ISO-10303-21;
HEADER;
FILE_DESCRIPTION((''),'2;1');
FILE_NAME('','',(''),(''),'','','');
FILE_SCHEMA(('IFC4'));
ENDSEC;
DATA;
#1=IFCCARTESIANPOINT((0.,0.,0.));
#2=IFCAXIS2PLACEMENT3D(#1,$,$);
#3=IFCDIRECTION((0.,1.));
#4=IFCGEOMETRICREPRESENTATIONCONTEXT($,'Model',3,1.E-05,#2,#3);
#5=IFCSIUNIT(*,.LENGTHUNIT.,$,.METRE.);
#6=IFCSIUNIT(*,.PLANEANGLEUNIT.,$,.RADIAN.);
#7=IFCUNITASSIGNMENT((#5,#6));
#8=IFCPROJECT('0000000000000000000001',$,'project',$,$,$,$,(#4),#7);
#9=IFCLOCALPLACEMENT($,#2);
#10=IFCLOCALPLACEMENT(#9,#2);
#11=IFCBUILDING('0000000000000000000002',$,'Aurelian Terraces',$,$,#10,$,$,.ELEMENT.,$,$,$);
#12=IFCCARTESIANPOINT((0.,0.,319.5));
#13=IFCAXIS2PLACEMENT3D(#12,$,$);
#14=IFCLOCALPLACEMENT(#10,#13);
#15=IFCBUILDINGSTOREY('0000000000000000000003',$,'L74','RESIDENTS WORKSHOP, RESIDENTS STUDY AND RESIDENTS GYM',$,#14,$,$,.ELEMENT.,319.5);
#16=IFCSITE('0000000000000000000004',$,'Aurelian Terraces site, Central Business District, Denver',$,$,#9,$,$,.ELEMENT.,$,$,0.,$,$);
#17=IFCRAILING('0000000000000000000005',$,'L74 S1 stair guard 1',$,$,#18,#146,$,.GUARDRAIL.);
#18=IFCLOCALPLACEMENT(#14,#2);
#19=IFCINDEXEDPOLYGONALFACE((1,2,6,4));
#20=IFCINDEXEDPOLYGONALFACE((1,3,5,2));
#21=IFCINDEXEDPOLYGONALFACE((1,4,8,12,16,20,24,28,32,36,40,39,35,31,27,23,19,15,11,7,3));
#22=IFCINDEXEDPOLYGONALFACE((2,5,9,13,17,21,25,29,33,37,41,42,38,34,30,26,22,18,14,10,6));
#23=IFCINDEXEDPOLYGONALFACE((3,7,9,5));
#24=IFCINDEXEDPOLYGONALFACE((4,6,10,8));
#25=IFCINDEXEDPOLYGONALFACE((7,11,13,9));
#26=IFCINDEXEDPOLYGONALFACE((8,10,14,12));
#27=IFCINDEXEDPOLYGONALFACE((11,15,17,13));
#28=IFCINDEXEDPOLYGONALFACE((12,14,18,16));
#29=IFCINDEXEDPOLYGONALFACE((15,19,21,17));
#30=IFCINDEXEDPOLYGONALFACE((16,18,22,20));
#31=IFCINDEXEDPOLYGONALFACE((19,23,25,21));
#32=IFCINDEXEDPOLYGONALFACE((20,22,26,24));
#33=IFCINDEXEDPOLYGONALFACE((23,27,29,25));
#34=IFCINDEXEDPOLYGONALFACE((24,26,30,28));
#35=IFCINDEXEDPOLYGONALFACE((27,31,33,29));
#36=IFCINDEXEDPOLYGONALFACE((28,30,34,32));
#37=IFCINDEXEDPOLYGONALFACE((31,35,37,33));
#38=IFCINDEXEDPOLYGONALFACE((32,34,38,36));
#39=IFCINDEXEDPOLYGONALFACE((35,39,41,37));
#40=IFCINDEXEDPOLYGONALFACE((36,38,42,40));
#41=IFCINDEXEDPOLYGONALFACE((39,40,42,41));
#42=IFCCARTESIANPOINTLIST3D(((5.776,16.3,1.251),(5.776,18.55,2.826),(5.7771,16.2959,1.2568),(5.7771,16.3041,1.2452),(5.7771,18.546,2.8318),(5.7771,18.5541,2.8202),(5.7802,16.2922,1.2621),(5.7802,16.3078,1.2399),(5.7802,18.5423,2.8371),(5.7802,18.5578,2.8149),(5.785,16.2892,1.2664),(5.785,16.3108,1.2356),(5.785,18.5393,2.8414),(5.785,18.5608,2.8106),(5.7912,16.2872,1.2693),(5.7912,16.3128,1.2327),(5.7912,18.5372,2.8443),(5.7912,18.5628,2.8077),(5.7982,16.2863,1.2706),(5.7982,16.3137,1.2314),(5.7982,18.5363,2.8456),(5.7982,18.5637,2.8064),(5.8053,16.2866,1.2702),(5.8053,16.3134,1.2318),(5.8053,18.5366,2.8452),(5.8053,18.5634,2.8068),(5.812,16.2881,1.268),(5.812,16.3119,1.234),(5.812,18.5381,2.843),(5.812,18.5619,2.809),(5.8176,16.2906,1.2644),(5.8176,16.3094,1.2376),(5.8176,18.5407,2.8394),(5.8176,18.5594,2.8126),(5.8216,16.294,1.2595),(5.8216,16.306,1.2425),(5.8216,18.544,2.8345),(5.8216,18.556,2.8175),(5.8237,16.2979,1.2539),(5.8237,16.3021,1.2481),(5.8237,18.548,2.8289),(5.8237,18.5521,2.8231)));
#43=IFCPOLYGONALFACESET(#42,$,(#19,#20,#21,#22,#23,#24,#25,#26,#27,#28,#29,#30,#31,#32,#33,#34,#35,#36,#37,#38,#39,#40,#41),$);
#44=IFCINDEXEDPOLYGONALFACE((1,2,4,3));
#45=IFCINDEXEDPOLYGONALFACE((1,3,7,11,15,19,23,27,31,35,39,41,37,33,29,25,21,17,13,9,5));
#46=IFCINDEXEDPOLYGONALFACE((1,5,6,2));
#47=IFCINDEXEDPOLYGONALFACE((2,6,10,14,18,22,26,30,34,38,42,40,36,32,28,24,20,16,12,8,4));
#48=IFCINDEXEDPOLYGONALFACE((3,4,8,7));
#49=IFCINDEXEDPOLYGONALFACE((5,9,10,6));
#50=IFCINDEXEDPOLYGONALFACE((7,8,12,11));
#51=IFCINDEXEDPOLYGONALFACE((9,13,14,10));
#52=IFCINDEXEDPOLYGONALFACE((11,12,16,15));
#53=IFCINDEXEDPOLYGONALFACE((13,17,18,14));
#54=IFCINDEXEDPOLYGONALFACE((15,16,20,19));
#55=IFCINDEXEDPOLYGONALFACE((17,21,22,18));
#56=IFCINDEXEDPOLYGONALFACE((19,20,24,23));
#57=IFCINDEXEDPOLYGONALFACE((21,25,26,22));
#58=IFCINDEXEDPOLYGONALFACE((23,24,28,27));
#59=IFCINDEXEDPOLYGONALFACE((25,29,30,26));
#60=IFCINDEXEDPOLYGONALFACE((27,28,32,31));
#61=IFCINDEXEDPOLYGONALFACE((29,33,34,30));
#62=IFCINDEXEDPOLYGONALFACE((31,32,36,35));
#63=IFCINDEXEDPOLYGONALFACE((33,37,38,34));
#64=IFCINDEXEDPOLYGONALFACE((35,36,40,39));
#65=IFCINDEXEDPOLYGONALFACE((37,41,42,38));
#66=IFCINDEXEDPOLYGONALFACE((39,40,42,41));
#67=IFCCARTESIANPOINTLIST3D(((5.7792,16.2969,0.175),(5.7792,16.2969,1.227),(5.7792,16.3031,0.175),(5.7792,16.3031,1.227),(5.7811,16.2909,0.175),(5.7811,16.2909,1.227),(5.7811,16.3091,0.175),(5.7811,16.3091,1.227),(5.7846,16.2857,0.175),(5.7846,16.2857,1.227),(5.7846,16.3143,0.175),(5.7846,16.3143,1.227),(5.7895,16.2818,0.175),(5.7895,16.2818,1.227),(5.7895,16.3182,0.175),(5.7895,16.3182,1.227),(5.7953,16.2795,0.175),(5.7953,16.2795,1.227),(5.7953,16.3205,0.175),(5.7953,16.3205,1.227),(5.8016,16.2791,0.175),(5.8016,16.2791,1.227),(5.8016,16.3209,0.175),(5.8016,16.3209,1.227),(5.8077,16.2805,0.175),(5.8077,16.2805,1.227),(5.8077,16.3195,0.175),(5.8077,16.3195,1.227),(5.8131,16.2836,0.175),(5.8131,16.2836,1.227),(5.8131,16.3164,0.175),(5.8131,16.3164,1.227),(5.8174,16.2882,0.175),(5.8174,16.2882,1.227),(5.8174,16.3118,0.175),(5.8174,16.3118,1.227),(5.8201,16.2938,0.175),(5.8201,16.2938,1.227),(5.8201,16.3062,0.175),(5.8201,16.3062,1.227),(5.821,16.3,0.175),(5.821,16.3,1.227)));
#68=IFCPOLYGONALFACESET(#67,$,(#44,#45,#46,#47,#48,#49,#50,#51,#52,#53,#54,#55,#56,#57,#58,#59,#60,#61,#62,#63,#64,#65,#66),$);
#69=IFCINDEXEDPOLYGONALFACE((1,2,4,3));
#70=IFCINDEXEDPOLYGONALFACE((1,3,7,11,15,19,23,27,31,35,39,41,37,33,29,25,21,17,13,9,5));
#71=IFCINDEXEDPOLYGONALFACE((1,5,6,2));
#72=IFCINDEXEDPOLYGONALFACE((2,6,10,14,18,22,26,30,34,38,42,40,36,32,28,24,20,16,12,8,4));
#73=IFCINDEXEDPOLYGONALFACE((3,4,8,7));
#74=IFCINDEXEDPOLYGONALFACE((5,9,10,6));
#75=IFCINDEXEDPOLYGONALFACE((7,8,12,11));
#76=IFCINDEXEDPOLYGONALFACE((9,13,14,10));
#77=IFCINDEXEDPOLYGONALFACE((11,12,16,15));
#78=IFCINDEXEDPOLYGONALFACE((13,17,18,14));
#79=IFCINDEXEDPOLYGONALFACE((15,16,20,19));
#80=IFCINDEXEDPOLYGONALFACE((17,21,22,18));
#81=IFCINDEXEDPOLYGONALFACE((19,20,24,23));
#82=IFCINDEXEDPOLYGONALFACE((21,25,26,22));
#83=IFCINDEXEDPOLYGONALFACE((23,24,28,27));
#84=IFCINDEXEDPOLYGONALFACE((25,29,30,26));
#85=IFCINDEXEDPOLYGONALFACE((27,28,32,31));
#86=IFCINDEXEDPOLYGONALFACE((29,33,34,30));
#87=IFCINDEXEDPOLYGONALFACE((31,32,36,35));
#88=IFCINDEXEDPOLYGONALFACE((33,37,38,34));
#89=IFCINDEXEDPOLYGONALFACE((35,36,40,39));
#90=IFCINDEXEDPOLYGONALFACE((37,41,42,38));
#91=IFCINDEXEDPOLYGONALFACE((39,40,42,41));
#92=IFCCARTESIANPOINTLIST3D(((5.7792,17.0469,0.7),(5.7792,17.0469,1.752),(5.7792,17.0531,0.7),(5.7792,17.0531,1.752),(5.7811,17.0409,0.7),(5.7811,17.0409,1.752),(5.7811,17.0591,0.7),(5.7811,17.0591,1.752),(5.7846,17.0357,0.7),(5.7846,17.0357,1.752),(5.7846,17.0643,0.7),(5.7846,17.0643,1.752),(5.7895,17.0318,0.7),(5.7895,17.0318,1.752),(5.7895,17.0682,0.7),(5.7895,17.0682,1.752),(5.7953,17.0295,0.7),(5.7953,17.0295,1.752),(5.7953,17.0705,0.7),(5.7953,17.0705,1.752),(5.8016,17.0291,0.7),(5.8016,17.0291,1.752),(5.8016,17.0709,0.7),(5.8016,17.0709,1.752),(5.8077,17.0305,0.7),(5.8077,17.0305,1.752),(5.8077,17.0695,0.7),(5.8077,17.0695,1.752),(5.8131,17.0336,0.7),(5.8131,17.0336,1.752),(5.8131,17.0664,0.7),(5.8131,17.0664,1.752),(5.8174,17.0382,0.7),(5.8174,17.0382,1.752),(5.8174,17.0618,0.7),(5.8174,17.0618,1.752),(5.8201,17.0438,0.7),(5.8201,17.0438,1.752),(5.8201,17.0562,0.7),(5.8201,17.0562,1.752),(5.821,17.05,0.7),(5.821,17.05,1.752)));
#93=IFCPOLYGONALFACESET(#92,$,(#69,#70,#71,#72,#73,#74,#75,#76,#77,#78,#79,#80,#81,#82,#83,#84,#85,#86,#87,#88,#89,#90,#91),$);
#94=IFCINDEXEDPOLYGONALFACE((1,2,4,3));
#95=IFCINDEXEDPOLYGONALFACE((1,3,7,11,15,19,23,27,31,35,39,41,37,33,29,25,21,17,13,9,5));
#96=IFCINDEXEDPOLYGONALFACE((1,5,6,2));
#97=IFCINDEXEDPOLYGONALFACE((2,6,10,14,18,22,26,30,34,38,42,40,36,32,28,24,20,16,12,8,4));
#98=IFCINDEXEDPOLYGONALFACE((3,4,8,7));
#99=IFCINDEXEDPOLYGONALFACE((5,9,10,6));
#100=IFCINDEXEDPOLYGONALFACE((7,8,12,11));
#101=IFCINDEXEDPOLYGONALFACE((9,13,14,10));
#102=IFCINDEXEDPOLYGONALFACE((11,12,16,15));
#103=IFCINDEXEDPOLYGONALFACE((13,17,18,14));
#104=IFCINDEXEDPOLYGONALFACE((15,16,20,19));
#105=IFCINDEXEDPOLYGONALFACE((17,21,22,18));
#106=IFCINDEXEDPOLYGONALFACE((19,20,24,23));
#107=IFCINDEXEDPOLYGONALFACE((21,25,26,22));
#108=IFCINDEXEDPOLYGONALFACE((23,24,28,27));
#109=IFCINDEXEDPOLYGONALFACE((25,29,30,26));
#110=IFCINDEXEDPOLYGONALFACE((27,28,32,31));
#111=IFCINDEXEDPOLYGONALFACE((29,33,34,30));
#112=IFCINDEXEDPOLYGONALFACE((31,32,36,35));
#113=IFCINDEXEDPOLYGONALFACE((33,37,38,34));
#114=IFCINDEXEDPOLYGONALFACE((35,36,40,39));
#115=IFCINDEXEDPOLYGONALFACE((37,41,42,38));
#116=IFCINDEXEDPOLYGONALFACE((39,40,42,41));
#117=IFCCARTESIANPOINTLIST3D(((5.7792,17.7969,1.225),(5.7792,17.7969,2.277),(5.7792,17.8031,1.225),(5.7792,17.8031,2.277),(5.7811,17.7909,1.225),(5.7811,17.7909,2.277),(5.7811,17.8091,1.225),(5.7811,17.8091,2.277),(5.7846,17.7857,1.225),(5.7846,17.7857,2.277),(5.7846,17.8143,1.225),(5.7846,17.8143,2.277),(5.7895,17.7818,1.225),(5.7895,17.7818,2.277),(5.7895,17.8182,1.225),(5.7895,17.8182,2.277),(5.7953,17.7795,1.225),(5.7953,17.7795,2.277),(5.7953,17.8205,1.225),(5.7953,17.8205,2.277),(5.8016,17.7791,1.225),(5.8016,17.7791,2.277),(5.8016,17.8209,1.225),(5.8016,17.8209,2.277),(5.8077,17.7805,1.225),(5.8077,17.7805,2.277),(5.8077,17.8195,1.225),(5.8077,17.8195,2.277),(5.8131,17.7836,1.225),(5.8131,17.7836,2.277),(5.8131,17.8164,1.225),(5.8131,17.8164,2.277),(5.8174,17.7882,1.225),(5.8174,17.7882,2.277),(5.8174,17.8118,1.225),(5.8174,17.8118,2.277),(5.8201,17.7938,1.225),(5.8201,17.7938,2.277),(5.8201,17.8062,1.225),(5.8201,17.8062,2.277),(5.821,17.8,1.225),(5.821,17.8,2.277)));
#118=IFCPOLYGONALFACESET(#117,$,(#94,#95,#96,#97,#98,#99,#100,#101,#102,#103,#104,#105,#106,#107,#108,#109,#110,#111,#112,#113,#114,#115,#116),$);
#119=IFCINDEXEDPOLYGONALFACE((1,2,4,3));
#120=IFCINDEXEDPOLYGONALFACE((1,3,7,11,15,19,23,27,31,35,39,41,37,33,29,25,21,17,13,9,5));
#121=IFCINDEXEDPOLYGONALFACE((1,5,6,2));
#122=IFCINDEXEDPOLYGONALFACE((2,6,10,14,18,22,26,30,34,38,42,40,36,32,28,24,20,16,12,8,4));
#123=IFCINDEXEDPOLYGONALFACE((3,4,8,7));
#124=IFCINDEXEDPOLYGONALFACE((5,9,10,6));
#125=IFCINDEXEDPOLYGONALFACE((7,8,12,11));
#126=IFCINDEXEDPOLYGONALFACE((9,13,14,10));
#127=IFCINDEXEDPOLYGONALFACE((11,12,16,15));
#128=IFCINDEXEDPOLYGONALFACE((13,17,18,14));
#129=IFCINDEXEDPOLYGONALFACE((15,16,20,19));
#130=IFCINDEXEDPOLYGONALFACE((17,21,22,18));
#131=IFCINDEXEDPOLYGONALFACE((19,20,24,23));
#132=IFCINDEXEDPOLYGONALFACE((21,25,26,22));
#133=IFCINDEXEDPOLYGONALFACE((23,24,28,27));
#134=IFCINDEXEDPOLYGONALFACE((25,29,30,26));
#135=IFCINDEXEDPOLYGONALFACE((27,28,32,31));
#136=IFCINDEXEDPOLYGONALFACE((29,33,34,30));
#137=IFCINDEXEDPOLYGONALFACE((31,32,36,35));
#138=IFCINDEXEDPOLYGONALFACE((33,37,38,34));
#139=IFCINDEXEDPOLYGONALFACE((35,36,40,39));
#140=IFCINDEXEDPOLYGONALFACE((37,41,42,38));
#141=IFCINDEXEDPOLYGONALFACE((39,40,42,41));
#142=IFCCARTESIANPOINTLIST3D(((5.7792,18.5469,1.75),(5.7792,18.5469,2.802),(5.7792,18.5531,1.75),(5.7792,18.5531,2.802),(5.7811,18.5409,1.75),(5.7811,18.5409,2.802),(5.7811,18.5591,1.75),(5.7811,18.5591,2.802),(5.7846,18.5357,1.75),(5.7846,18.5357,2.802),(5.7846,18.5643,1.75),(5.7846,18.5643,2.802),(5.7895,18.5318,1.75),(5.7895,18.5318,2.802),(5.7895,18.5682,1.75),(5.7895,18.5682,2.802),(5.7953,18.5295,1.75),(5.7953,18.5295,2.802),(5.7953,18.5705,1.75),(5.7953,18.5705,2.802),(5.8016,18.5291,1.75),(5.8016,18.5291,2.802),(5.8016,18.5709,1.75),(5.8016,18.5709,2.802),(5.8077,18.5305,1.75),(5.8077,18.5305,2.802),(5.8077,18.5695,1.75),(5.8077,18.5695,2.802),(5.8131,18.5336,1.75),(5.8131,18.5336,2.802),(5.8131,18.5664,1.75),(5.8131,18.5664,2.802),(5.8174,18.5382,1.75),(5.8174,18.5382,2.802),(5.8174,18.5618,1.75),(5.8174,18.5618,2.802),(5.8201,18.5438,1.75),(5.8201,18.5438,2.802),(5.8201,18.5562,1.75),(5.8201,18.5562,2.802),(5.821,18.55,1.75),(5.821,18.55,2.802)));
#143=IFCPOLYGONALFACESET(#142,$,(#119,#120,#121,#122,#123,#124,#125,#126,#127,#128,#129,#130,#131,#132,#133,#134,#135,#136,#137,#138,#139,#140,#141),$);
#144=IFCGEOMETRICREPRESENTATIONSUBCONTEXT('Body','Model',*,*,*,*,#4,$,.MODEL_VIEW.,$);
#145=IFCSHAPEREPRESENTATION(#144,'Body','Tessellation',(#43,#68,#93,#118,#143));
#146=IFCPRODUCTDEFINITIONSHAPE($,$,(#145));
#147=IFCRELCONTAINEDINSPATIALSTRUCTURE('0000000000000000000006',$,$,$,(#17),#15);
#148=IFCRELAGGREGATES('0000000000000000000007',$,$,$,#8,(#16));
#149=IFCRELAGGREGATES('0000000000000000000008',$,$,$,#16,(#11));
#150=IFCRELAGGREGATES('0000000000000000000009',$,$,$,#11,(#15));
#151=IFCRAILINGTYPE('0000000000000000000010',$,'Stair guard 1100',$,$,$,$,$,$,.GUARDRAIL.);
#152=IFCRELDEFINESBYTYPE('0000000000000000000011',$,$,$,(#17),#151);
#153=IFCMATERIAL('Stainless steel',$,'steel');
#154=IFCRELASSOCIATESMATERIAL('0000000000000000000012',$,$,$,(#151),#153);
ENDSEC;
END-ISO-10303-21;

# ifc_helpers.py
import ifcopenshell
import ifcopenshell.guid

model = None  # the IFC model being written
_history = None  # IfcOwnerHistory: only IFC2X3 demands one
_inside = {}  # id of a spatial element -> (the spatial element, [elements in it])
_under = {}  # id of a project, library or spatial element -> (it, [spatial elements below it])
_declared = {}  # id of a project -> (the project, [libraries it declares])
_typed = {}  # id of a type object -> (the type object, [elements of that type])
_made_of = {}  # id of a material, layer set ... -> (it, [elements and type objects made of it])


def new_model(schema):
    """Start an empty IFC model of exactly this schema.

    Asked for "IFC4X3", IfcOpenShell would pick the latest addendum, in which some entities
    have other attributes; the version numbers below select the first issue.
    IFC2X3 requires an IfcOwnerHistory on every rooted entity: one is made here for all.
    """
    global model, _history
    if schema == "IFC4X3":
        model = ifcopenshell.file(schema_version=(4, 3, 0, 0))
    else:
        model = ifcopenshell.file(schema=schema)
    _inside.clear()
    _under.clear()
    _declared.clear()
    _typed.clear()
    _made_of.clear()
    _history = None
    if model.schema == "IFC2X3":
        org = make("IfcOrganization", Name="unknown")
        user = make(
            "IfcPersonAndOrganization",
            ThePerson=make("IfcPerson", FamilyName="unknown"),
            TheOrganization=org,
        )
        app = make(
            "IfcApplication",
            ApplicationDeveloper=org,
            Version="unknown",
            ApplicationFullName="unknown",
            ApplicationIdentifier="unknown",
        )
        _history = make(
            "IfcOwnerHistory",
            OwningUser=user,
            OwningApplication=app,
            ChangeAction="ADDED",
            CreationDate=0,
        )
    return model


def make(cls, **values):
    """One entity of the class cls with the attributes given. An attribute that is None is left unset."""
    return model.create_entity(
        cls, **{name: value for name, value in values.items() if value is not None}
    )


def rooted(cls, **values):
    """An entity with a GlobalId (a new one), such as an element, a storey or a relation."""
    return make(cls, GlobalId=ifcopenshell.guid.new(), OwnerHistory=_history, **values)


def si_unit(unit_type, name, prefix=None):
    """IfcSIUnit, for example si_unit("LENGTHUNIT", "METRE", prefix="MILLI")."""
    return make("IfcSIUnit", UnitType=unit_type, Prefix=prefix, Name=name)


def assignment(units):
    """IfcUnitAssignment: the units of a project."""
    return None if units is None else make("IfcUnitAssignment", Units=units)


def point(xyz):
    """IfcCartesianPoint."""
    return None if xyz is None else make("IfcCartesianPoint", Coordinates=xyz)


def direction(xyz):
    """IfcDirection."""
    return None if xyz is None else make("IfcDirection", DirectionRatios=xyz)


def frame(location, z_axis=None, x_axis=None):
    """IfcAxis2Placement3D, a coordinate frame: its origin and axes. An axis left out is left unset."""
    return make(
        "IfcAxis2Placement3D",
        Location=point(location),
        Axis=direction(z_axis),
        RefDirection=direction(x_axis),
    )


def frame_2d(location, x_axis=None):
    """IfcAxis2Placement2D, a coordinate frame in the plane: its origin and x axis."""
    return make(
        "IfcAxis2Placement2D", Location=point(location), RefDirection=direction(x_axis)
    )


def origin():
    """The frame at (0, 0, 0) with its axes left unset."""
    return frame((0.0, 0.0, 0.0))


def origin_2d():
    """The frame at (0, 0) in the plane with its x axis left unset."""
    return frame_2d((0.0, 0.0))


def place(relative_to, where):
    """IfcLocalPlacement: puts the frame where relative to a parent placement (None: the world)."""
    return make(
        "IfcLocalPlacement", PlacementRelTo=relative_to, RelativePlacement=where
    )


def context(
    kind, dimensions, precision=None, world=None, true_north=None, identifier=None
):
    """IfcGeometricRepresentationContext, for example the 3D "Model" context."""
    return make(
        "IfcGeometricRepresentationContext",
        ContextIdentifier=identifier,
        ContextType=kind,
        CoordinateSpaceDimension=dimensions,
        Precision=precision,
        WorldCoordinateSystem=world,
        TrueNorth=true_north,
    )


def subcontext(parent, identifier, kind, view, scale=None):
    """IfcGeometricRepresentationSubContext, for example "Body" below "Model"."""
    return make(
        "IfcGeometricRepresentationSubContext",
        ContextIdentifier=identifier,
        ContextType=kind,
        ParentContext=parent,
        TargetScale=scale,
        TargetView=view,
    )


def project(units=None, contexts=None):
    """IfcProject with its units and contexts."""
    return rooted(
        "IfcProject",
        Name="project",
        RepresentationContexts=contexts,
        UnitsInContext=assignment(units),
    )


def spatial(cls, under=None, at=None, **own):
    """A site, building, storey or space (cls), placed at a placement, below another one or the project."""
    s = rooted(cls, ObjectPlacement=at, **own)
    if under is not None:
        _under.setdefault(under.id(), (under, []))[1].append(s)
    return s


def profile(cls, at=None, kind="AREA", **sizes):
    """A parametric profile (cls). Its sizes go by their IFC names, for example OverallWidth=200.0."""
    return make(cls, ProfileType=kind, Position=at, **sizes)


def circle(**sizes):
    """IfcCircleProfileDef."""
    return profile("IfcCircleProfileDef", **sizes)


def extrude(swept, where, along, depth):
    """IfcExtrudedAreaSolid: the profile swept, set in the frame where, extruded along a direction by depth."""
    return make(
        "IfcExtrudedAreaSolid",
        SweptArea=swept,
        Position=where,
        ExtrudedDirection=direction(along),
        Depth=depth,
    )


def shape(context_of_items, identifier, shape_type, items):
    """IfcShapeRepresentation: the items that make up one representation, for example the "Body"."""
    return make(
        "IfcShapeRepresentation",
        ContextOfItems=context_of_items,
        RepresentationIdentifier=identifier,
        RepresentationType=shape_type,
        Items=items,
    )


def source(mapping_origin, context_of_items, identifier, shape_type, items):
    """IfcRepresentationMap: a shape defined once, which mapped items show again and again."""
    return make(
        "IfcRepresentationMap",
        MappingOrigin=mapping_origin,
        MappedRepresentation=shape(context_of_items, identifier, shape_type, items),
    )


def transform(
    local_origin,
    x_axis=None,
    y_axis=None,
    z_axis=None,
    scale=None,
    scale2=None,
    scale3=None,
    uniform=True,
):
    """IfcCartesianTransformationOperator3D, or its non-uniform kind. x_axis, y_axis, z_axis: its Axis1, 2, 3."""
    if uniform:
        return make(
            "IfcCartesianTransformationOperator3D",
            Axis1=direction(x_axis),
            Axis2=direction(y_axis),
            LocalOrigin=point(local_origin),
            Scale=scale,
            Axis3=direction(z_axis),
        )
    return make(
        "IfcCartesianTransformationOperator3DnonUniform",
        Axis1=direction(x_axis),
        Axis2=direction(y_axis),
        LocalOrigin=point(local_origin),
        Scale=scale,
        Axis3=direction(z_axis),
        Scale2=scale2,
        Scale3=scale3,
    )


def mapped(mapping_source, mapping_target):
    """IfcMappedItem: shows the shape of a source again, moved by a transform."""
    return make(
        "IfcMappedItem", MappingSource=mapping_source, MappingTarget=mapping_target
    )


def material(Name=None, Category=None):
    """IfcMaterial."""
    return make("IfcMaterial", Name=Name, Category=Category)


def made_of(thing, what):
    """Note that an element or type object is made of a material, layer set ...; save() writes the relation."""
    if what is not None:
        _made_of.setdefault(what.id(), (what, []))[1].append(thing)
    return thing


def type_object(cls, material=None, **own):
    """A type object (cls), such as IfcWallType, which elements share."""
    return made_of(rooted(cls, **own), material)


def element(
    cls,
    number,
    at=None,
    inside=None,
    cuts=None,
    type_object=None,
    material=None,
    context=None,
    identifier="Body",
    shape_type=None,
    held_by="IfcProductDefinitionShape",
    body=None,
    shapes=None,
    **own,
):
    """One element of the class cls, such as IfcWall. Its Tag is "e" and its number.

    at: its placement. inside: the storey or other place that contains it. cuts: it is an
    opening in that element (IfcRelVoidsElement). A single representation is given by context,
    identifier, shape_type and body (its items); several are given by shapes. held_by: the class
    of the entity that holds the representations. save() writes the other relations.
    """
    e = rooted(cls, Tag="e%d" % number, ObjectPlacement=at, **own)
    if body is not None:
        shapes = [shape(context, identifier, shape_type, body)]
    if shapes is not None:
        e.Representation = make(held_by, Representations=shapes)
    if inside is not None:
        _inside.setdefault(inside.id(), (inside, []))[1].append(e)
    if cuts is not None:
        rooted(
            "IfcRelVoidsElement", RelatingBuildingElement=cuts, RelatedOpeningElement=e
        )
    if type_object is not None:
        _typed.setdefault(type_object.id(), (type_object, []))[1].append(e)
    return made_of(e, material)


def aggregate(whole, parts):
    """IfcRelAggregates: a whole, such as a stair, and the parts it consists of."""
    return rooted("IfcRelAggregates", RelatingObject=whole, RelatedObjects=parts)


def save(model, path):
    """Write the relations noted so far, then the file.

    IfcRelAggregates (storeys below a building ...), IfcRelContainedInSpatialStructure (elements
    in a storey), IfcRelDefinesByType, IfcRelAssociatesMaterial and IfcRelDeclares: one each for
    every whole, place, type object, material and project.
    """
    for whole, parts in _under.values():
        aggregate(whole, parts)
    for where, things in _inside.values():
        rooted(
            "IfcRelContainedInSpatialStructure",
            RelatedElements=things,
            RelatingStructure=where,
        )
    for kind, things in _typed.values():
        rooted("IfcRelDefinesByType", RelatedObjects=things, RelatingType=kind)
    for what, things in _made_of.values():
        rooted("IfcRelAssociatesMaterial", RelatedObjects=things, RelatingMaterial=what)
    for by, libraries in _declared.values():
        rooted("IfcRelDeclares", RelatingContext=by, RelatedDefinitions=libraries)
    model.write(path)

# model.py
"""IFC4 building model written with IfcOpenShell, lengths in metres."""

from ifc_helpers import new_model, si_unit, direction, frame, origin, origin_2d, place, context, subcontext, project, spatial, circle, extrude, source, transform, mapped, material, type_object, element, save


model = new_model("IFC4")

# Units and contexts
model_context = context("Model", 3, precision=1e-05, world=origin(), true_north=direction((0.0, 1.0)))
body_context = subcontext(model_context, "Body", "Model", "MODEL_VIEW")
ifc_project = project(units=[si_unit("LENGTHUNIT", "METRE"), si_unit("PLANEANGLEUNIT", "RADIAN")], contexts=[model_context])

# Site, building, storey
site_placement = place(None, origin())
site = spatial("IfcSite", under=ifc_project, at=site_placement, Name="Aurelian Terraces site, Central Business District, Denver", CompositionType="ELEMENT", RefElevation=0.0)
building_placement = place(site_placement, origin())
building = spatial("IfcBuilding", under=site, at=building_placement, Name="Aurelian Terraces", CompositionType="ELEMENT")
storey_placement = place(building_placement, frame((0.0, 0.0, 319.5)))
storey = spatial("IfcBuildingStorey", under=building, at=storey_placement, Name="L74", Description="RESIDENTS WORKSHOP, RESIDENTS STUDY AND RESIDENTS GYM", CompositionType="ELEMENT", Elevation=319.5)

# Railing
ifc_material_1 = material(Name="Stainless steel", Category="steel")
railing_type_1 = type_object("IfcRailingType", Name="Stair guard 1100", PredefinedType="GUARDRAIL", material=ifc_material_1)
shared_shape_1 = source(origin(), body_context, "Body", "SweptSolid", [
    extrude(circle(Radius=0.024, at=origin_2d()), frame((0.0, 0.0, 1.076), z_axis=(0.0, 0.819232, 0.573462), x_axis=(-1.0, 0.0, 0.0)), (0.0, 0.0, 1.0), 2.7465),
    extrude(circle(Radius=0.021, at=origin_2d()), origin(), (0.0, 0.0, 1.0), 1.052),
    extrude(circle(Radius=0.021, at=origin_2d()), frame((0.0, 0.75, 0.525)), (0.0, 0.0, 1.0), 1.052),
    extrude(circle(Radius=0.021, at=origin_2d()), frame((0.0, 1.5, 1.05)), (0.0, 0.0, 1.0), 1.052),
    extrude(circle(Radius=0.021, at=origin_2d()), frame((0.0, 2.25, 1.575)), (0.0, 0.0, 1.0), 1.052),
])
railing_1_placement = place(storey_placement, frame((5.8, 16.3, 0.175)))
element("IfcRailing", 1, at=railing_1_placement, inside=storey, type_object=railing_type_1, Name="L74 S1 stair guard 1", PredefinedType="GUARDRAIL", context=body_context, shape_type="MappedRepresentation", body=[
    mapped(shared_shape_1, transform((0.0, 0.0, 0.0), scale=1.0)),
])

save(model, "model.ifc")
